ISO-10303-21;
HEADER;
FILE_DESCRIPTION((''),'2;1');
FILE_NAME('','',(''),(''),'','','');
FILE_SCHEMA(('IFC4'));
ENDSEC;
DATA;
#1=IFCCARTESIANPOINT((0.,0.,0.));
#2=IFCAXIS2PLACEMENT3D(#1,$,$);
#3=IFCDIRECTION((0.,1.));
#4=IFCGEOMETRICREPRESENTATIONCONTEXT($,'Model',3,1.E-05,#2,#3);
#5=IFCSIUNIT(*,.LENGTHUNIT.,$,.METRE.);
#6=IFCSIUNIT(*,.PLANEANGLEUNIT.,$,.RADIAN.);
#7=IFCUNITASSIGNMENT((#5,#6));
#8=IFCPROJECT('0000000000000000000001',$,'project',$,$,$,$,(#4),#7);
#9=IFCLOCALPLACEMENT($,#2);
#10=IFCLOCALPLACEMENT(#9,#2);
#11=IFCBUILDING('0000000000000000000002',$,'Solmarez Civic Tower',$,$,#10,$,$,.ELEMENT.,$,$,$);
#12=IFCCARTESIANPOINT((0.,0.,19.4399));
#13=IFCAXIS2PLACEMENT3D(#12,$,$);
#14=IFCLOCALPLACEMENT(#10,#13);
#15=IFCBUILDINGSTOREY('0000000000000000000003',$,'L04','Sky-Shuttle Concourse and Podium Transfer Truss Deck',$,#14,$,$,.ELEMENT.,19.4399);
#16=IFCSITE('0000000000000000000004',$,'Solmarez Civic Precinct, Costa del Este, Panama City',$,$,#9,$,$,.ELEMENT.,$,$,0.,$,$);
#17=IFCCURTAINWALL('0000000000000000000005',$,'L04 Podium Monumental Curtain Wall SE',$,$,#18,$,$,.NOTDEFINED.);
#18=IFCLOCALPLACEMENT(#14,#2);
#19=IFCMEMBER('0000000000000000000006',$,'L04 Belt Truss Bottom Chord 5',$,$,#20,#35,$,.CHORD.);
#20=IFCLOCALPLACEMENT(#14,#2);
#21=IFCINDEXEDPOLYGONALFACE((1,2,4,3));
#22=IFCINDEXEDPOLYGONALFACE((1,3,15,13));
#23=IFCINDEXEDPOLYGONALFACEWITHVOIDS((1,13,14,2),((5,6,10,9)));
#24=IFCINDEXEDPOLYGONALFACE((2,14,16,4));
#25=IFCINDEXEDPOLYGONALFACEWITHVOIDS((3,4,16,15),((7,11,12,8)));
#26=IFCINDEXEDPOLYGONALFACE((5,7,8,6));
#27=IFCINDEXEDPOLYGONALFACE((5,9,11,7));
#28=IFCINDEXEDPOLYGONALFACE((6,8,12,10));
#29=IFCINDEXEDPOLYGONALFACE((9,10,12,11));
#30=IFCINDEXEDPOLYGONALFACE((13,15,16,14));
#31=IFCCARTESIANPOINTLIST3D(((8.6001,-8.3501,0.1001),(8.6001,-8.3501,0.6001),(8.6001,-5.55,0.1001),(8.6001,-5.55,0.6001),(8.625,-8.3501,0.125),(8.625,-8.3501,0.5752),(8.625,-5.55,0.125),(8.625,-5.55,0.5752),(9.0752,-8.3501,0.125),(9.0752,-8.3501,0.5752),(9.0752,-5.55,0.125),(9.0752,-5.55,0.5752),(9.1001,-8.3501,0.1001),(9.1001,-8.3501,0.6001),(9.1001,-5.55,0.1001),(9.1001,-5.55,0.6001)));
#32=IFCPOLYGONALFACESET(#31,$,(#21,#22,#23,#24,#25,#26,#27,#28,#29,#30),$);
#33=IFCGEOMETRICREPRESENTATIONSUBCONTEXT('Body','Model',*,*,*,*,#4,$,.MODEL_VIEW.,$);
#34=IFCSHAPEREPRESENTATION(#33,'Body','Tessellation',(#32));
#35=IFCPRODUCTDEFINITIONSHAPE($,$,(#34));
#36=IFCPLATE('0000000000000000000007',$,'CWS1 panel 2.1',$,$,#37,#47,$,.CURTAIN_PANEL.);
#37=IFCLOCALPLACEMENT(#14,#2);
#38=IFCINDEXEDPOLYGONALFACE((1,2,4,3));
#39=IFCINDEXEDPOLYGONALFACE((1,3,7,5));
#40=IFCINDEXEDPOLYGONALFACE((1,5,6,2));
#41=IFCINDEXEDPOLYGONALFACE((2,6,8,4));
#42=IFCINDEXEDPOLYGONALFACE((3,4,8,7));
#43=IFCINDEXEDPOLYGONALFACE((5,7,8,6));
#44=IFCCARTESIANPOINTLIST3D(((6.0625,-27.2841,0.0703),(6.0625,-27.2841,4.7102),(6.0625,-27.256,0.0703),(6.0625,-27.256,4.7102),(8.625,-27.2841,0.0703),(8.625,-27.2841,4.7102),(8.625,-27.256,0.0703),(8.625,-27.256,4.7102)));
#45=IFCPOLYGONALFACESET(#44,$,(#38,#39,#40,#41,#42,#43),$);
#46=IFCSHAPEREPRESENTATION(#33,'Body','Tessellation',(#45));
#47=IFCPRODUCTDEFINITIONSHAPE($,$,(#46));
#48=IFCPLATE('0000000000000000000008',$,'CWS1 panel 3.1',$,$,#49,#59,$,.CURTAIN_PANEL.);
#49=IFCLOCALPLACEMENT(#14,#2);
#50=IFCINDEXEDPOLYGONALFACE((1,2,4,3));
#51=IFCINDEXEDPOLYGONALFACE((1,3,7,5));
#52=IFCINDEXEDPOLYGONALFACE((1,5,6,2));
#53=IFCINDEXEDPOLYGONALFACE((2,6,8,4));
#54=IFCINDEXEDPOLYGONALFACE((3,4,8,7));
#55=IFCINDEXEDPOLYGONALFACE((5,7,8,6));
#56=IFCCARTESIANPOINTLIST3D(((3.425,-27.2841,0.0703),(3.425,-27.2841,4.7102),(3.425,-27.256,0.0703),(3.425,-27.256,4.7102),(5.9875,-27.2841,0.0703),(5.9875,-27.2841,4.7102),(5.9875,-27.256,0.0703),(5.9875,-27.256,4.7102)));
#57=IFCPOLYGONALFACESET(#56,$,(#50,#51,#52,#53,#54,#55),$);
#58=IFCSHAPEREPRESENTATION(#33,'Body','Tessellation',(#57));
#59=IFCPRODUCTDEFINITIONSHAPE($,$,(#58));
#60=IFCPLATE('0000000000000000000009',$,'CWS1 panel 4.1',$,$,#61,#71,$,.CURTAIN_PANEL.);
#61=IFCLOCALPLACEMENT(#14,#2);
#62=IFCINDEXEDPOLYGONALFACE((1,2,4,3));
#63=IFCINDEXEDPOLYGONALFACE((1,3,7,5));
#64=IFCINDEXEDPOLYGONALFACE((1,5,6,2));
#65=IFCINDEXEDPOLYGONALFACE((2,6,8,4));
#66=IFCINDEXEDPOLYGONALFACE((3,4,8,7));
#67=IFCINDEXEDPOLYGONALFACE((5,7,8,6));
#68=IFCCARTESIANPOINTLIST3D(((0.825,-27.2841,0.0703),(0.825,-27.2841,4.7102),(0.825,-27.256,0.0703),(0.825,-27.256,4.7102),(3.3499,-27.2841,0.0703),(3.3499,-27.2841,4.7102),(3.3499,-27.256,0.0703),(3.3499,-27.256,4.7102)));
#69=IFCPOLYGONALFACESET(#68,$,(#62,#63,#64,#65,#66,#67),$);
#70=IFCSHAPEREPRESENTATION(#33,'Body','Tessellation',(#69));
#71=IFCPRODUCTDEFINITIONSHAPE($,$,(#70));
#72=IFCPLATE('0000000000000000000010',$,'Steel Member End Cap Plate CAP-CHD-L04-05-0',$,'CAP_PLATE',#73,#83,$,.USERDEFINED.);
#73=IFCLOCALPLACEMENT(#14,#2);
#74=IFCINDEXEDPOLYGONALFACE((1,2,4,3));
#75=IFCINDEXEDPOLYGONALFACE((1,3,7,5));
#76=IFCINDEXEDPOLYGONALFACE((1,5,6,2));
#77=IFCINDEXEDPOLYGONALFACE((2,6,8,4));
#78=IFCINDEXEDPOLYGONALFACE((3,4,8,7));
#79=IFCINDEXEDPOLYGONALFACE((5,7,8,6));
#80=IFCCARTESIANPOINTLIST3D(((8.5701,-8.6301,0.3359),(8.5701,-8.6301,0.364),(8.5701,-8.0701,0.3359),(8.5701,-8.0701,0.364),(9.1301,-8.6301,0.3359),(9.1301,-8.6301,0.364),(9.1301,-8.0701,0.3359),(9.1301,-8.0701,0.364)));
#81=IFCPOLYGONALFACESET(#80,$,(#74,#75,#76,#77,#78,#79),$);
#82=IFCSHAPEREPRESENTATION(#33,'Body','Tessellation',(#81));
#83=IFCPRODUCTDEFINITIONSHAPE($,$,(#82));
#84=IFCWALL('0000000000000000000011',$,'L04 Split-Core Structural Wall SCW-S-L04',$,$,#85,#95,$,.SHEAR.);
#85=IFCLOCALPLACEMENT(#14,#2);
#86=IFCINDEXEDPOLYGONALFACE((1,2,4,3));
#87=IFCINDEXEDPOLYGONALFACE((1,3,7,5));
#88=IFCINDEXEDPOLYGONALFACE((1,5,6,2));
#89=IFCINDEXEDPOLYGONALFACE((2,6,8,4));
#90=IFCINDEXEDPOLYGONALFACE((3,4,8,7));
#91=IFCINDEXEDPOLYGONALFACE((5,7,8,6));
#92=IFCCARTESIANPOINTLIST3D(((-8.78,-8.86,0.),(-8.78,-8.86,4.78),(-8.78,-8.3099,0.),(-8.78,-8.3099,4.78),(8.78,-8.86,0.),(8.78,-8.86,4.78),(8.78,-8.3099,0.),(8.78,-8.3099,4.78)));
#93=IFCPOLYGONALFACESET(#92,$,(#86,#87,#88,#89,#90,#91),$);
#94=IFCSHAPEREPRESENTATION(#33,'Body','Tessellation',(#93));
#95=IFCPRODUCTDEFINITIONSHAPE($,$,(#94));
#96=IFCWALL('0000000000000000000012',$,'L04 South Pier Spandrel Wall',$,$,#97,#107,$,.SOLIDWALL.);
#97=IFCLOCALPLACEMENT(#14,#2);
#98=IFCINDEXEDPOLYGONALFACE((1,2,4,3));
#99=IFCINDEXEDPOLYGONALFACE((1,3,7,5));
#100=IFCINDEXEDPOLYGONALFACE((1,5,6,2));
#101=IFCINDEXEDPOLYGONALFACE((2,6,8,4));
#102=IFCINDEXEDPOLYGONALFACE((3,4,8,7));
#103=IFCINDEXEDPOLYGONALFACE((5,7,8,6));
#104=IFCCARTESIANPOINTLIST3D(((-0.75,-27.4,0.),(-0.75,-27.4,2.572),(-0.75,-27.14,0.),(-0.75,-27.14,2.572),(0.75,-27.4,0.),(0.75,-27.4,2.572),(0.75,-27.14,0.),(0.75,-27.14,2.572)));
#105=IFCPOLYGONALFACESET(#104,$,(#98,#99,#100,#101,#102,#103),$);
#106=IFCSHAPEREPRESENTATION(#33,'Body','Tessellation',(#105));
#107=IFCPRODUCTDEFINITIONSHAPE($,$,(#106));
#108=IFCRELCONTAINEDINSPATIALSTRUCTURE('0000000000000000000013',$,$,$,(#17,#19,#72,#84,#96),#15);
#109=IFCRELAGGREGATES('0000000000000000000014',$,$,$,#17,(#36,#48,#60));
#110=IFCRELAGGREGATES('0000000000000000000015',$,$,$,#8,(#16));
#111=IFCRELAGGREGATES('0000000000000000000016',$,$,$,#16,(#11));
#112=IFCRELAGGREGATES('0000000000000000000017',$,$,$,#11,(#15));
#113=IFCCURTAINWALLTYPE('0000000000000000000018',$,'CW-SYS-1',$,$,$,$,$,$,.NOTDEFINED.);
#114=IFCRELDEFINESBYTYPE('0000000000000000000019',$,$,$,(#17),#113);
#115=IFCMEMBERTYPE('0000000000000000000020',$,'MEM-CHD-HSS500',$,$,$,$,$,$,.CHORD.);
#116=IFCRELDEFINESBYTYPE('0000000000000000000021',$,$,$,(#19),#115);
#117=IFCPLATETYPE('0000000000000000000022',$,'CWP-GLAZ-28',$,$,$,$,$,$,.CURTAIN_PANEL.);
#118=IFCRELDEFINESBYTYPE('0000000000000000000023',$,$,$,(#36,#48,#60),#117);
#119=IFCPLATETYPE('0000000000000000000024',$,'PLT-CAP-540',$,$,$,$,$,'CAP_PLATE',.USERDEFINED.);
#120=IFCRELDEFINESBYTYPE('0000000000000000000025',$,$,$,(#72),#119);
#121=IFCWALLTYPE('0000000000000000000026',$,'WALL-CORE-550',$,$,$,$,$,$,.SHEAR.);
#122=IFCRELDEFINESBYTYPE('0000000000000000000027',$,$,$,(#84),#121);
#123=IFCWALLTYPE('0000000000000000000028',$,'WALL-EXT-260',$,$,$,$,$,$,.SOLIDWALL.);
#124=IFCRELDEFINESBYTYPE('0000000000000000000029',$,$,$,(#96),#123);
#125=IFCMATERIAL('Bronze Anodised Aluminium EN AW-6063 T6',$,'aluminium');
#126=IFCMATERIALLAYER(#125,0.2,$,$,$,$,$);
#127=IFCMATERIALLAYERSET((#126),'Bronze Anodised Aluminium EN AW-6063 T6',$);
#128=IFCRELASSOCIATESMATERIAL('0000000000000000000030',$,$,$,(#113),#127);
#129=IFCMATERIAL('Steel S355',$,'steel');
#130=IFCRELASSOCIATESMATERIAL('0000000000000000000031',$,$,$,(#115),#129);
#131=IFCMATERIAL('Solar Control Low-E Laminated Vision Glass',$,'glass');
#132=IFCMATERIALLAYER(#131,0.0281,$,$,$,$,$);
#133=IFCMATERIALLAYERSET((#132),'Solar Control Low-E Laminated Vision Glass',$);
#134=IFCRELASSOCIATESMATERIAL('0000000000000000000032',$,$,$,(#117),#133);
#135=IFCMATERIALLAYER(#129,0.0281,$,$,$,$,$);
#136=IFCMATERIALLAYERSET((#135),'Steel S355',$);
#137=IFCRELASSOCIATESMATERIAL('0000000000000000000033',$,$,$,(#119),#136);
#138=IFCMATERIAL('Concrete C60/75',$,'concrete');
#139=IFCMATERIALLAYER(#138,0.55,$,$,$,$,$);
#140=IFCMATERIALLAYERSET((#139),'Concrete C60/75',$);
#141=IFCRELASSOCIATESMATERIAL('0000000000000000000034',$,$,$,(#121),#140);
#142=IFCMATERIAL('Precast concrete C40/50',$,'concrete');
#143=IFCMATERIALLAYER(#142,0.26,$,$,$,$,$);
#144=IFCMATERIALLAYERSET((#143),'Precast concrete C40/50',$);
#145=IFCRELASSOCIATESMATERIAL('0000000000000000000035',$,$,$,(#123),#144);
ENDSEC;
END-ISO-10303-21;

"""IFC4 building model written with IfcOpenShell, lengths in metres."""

from ifc_helpers import new_model, si_unit, direction, frame, frame_2d, origin, origin_2d, place, context, subcontext, project, spatial, rectangle, hollow_rectangle, extrude, material, layer, layer_set, material_profile, profile_set, type_object, element, aggregate, save


model = new_model("IFC4")

# Units and contexts
model_context = context("Model", 3, precision=1e-05, world=origin(), true_north=direction((0.0, 1.0)))
body_context = subcontext(model_context, "Body", "Model", "MODEL_VIEW")
ifc_project = project(units=[si_unit("LENGTHUNIT", "METRE"), si_unit("PLANEANGLEUNIT", "RADIAN")], contexts=[model_context])

# Site, building, storey
site_placement = place(None, origin())
site = spatial("IfcSite", under=ifc_project, at=site_placement, Name="Solmarez Civic Precinct, Costa del Este, Panama City", CompositionType="ELEMENT", RefElevation=0.0)
building_placement = place(site_placement, origin())
building = spatial("IfcBuilding", under=site, at=building_placement, Name="Solmarez Civic Tower", CompositionType="ELEMENT")
storey_placement = place(building_placement, frame((0.0, 0.0, 19.4399)))
storey = spatial("IfcBuildingStorey", under=building, at=storey_placement, Name="L04", Description="Sky-Shuttle Concourse and Podium Transfer Truss Deck", CompositionType="ELEMENT", Elevation=19.4399)

# Shared definitions
ifc_material_1 = material(Name="Concrete C60/75", Category="concrete")

# Shared definitions
ifc_material_2 = material(Name="Steel S355", Category="steel")

# Curtain wall
ifc_material_3 = material(Name="Bronze Anodised Aluminium EN AW-6063 T6", Category="aluminium")
ifc_layer_1 = layer(ifc_material_3, 0.2)
ifc_layer_set_1 = layer_set([ifc_layer_1], Name="Bronze Anodised Aluminium EN AW-6063 T6")
curtain_wall_type = type_object("IfcCurtainWallType", Name="CW-SYS-1", PredefinedType="NOTDEFINED", material=ifc_layer_set_1)
curtain_wall_placement = place(storey_placement, origin())
curtain_wall = element("IfcCurtainWall", 1, at=curtain_wall_placement, inside=storey, type_object=curtain_wall_type, Name="L04 Podium Monumental Curtain Wall SE", PredefinedType="NOTDEFINED")

# Member
ifc_material_profile_1 = material_profile(ifc_material_2, hollow_rectangle(XDim=0.5, YDim=0.5, WallThickness=0.0249, at=origin_2d()), Name="HSS500X500X25")
ifc_profile_set_1 = profile_set([ifc_material_profile_1], Name="Steel S355")
member_type_1 = type_object("IfcMemberType", Name="MEM-CHD-HSS500", PredefinedType="CHORD", material=ifc_profile_set_1)
member_1_placement = place(storey_placement, frame((8.8501, -8.3501, 0.3501), z_axis=(0.0, 1.0, 0.0), x_axis=(-1.0, 0.0, 0.0)))
element("IfcMember", 2, at=member_1_placement, inside=storey, type_object=member_type_1, Name="L04 Belt Truss Bottom Chord 5", PredefinedType="CHORD", context=body_context, shape_type="SweptSolid", body=[
    extrude(hollow_rectangle(XDim=0.5, YDim=0.5, WallThickness=0.0249, at=origin_2d()), origin(), (0.0, 0.0, 1.0), 2.8),
])

# Plates
ifc_material_4 = material(Name="Solar Control Low-E Laminated Vision Glass", Category="glass")
ifc_layer_2 = layer(ifc_material_4, 0.0281)
ifc_layer_set_2 = layer_set([ifc_layer_2], Name="Solar Control Low-E Laminated Vision Glass")
plate_type_1 = type_object("IfcPlateType", Name="CWP-GLAZ-28", PredefinedType="CURTAIN_PANEL", material=ifc_layer_set_2)
plate_1_placement = place(storey_placement, frame((7.3438, -27.27, 0.0703), z_axis=(0.0, 0.0, 1.0), x_axis=(-1.0, 0.0, 0.0)))
plate_1 = element("IfcPlate", 3, at=plate_1_placement, type_object=plate_type_1, Name="CWS1 panel 2.1", PredefinedType="CURTAIN_PANEL", context=body_context, shape_type="SweptSolid", body=[
    extrude(rectangle(XDim=2.5625, YDim=0.0281, at=origin_2d()), origin(), (0.0, 0.0, 1.0), 4.6399),
])
plate_2_placement = place(storey_placement, frame((4.7063, -27.27, 0.0703), z_axis=(0.0, 0.0, 1.0), x_axis=(-1.0, 0.0, 0.0)))
plate_2 = element("IfcPlate", 4, at=plate_2_placement, type_object=plate_type_1, Name="CWS1 panel 3.1", PredefinedType="CURTAIN_PANEL", context=body_context, shape_type="SweptSolid", body=[
    extrude(rectangle(XDim=2.5625, YDim=0.0281, at=origin_2d()), origin(), (0.0, 0.0, 1.0), 4.6399),
])
plate_3_placement = place(storey_placement, frame((2.0874, -27.27, 0.0703), z_axis=(0.0, 0.0, 1.0), x_axis=(-1.0, 0.0, 0.0)))
plate_3 = element("IfcPlate", 5, at=plate_3_placement, type_object=plate_type_1, Name="CWS1 panel 4.1", PredefinedType="CURTAIN_PANEL", context=body_context, shape_type="SweptSolid", body=[
    extrude(rectangle(XDim=2.5249, YDim=0.0281, at=origin_2d()), origin(), (0.0, 0.0, 1.0), 4.6399),
])
aggregate(curtain_wall, [plate_1, plate_2, plate_3])
ifc_layer_3 = layer(ifc_material_2, 0.0281)
ifc_layer_set_3 = layer_set([ifc_layer_3], Name="Steel S355")
plate_type_2 = type_object("IfcPlateType", Name="PLT-CAP-540", ElementType="CAP_PLATE", PredefinedType="USERDEFINED", material=ifc_layer_set_3)
plate_4_placement = place(storey_placement, frame((8.8501, -8.3501, 0.3359), z_axis=(0.0, 0.0, 1.0), x_axis=(1.0, 0.0, 0.0)))
element("IfcPlate", 6, at=plate_4_placement, inside=storey, type_object=plate_type_2, Name="Steel Member End Cap Plate CAP-CHD-L04-05-0", ObjectType="CAP_PLATE", PredefinedType="USERDEFINED", context=body_context, shape_type="SweptSolid", body=[
    extrude(rectangle(XDim=0.5601, YDim=0.5601, at=origin_2d()), origin(), (0.0, 0.0, 1.0), 0.0281),
])

# Walls
ifc_layer_4 = layer(ifc_material_1, 0.55)
ifc_layer_set_4 = layer_set([ifc_layer_4], Name="Concrete C60/75")
wall_type_1 = type_object("IfcWallType", Name="WALL-CORE-550", PredefinedType="SHEAR", material=ifc_layer_set_4)
wall_1_placement = place(storey_placement, frame((8.78, -8.585, 0.0), z_axis=(0.0, 0.0, 1.0), x_axis=(-1.0, 0.0, 0.0)))
element("IfcWall", 7, at=wall_1_placement, inside=storey, type_object=wall_type_1, Name="L04 Split-Core Structural Wall SCW-S-L04", PredefinedType="SHEAR", context=body_context, shape_type="SweptSolid", body=[
    extrude(rectangle(XDim=17.5601, YDim=0.55, at=frame_2d((8.78, 0.0))), origin(), (0.0, 0.0, 1.0), 4.78),
])
ifc_material_5 = material(Name="Precast concrete C40/50", Category="concrete")
ifc_layer_5 = layer(ifc_material_5, 0.26)
ifc_layer_set_5 = layer_set([ifc_layer_5], Name="Precast concrete C40/50")
wall_type_2 = type_object("IfcWallType", Name="WALL-EXT-260", PredefinedType="SOLIDWALL", material=ifc_layer_set_5)
wall_2_placement = place(storey_placement, frame((0.75, -27.27, 0.0), z_axis=(0.0, 0.0, 1.0), x_axis=(-1.0, 0.0, 0.0)))
element("IfcWall", 8, at=wall_2_placement, inside=storey, type_object=wall_type_2, Name="L04 South Pier Spandrel Wall", PredefinedType="SOLIDWALL", context=body_context, shape_type="SweptSolid", body=[
    extrude(rectangle(XDim=1.5, YDim=0.26, at=frame_2d((0.75, 0.0))), origin(), (0.0, 0.0, 1.0), 2.572),
])

save(model, "model.ifc")
